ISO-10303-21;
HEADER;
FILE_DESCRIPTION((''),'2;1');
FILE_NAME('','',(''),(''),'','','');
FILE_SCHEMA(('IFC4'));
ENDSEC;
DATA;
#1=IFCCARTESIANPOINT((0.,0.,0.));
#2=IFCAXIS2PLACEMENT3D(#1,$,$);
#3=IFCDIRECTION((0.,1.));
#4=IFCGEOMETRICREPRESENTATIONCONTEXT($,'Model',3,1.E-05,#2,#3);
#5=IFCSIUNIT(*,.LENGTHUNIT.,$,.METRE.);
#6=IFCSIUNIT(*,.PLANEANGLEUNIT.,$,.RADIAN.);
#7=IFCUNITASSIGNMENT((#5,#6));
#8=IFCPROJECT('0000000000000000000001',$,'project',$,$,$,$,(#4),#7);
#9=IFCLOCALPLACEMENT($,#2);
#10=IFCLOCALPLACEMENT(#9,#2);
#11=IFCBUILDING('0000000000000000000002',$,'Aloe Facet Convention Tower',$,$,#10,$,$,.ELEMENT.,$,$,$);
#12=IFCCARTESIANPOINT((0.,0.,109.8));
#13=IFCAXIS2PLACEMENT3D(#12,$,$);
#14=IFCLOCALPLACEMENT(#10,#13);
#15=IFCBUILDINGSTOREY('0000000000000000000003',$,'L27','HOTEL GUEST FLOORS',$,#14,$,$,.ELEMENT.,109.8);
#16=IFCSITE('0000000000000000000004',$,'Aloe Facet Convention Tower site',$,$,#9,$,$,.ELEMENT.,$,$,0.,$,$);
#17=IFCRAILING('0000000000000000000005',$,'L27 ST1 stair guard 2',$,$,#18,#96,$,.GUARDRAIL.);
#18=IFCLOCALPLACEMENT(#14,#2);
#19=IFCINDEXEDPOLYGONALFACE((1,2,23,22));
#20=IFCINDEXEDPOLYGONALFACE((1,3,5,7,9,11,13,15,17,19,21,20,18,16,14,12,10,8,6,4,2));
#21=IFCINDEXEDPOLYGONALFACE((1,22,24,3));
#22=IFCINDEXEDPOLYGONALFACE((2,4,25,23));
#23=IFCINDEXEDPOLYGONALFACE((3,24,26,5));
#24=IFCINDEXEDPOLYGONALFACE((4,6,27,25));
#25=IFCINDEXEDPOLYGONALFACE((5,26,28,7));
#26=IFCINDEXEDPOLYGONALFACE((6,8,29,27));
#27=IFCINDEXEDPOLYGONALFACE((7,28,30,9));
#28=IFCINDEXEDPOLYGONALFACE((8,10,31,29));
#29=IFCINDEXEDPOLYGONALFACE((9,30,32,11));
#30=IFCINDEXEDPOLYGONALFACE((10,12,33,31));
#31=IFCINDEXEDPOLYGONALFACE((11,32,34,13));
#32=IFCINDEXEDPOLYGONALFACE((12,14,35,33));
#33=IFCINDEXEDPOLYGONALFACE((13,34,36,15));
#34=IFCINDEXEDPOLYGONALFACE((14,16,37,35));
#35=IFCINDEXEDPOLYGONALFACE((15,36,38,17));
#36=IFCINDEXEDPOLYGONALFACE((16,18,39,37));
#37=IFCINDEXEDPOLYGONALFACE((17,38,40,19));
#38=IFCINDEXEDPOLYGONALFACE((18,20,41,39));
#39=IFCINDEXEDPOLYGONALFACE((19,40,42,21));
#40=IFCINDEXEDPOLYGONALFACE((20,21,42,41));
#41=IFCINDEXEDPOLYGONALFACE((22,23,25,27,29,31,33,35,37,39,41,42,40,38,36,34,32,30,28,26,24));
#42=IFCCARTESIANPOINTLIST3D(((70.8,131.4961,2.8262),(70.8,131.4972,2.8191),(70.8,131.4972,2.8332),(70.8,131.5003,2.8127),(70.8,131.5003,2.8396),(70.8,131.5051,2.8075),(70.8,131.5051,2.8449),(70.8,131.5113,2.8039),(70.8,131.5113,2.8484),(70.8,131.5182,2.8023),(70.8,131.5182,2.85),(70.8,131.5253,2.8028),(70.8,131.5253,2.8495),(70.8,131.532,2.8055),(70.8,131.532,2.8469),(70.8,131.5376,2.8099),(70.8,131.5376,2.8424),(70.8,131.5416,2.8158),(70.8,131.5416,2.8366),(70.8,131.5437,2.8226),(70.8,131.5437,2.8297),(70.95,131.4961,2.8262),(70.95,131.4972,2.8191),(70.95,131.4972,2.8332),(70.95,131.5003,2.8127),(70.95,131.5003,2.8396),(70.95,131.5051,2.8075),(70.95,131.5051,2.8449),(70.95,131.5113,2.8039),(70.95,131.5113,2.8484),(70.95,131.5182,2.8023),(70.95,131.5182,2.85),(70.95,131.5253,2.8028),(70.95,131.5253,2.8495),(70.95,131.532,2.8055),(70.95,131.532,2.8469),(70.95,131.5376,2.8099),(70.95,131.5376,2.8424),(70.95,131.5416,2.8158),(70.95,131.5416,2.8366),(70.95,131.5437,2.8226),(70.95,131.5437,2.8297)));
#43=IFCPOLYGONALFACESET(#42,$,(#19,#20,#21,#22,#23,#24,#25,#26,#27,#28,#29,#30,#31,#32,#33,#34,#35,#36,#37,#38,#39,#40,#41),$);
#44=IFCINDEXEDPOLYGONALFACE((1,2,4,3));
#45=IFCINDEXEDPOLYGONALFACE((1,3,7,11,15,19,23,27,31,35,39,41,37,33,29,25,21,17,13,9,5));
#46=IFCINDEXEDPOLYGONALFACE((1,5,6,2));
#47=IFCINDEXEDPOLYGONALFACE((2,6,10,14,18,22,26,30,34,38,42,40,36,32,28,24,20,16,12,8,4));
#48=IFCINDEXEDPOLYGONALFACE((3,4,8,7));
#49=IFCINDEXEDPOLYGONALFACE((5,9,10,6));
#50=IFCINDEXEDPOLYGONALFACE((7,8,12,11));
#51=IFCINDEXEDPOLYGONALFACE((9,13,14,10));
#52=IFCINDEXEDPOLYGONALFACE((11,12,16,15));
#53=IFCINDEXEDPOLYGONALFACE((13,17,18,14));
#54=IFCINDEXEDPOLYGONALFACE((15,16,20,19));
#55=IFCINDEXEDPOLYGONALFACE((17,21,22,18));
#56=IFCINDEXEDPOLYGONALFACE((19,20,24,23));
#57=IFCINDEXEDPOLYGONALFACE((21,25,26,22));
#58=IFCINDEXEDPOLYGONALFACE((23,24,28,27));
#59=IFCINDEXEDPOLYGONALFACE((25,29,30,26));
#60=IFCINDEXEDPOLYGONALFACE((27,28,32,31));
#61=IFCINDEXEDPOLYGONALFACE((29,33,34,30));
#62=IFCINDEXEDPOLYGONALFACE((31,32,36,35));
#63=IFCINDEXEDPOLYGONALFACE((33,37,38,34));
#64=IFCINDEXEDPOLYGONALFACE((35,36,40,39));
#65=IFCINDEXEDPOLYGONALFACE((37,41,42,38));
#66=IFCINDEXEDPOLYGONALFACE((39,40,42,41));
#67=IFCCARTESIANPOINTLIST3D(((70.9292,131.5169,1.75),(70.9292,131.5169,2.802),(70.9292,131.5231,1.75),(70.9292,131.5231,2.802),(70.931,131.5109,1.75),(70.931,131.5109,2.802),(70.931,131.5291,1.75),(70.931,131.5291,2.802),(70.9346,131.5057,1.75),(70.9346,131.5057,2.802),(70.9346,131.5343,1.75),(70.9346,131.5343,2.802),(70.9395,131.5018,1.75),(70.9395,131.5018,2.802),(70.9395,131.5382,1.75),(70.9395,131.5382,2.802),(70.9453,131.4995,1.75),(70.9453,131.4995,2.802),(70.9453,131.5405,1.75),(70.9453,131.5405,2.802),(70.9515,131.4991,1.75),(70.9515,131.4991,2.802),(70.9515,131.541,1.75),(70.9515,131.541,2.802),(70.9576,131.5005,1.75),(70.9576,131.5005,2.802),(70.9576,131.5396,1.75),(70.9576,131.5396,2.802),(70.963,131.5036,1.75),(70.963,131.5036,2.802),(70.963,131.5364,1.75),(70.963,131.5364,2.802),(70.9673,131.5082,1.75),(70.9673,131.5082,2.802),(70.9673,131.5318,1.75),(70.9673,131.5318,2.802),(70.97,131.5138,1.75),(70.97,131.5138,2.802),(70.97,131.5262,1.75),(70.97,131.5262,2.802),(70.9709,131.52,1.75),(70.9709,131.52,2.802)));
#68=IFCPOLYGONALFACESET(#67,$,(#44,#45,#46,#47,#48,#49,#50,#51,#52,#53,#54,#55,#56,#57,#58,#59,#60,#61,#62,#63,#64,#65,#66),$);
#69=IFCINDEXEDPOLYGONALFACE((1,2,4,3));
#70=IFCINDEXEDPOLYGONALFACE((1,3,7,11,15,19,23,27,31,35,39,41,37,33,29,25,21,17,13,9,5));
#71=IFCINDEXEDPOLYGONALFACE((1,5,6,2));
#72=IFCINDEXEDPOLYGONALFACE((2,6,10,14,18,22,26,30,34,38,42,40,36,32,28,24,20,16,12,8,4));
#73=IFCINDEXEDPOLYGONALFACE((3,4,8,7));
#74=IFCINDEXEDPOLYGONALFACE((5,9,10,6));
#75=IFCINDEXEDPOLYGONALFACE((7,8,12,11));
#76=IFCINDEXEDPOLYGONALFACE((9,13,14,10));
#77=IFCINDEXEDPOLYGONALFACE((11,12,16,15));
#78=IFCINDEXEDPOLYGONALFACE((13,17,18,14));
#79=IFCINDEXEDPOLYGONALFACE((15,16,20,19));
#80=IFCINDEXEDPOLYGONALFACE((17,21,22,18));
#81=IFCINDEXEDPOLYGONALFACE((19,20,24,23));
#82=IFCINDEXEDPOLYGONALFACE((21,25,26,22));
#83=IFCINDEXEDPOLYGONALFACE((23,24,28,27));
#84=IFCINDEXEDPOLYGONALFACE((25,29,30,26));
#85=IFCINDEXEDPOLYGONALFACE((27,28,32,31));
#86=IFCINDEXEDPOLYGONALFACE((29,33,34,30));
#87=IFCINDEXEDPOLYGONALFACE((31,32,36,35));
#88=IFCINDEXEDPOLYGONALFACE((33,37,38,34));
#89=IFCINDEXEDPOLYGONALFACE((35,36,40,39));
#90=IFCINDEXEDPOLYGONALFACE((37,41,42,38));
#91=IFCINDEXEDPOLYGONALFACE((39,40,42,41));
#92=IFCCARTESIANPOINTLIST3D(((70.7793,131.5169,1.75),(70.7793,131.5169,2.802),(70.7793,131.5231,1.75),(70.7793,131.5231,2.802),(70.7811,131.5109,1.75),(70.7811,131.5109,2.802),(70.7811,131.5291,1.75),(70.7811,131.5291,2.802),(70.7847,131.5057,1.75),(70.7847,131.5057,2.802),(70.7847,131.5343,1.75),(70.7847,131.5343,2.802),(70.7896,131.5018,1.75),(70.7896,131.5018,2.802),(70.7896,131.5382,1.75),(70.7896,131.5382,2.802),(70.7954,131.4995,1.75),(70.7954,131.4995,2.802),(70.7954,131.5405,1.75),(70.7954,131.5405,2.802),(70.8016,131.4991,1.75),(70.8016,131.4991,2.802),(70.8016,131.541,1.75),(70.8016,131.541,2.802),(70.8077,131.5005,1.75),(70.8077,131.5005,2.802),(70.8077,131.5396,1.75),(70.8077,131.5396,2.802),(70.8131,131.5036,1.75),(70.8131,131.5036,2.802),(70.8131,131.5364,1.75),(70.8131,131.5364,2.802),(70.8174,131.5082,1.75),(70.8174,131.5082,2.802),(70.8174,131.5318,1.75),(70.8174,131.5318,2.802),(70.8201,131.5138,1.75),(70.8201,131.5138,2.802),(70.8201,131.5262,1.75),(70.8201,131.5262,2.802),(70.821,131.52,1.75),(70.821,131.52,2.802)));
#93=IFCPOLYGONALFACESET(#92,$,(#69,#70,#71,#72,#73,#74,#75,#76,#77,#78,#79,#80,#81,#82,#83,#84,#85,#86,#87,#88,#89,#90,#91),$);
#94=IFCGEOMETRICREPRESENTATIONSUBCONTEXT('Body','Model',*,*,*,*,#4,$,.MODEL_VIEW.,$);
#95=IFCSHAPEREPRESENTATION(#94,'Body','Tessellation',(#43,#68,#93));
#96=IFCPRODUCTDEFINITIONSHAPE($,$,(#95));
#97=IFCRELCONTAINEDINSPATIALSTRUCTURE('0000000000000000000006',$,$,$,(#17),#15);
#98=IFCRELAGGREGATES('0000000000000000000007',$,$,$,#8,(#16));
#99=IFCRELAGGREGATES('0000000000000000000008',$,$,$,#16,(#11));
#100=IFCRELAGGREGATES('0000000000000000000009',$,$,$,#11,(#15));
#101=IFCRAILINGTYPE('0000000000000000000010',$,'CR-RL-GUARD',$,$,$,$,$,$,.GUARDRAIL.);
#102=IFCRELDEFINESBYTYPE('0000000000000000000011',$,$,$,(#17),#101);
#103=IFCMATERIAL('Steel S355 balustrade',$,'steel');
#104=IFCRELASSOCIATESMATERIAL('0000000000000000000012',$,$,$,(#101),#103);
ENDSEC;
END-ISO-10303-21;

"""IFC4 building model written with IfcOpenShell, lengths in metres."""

from ifc_helpers import new_model, si_unit, direction, frame, origin, origin_2d, place, context, subcontext, project, spatial, circle, extrude, material, type_object, element, save


model = new_model("IFC4")

# Units and contexts
model_context = context("Model", 3, precision=1e-05, world=origin(), true_north=direction((0.0, 1.0)))
body_context = subcontext(model_context, "Body", "Model", "MODEL_VIEW")
ifc_project = project(units=[si_unit("LENGTHUNIT", "METRE"), si_unit("PLANEANGLEUNIT", "RADIAN")], contexts=[model_context])

# Site, building, storey
site_placement = place(None, origin())
site = spatial("IfcSite", under=ifc_project, at=site_placement, Name="Aloe Facet Convention Tower site", CompositionType="ELEMENT", RefElevation=0.0)
building_placement = place(site_placement, origin())
building = spatial("IfcBuilding", under=site, at=building_placement, Name="Aloe Facet Convention Tower", CompositionType="ELEMENT")
storey_placement = place(building_placement, frame((0.0, 0.0, 109.8)))
storey = spatial("IfcBuildingStorey", under=building, at=storey_placement, Name="L27", Description="HOTEL GUEST FLOORS", CompositionType="ELEMENT", Elevation=109.8)

# Railing
ifc_material_1 = material(Name="Steel S355 balustrade", Category="steel")
railing_type_1 = type_object("IfcRailingType", Name="CR-RL-GUARD", PredefinedType="GUARDRAIL", material=ifc_material_1)
railing_1_placement = place(storey_placement, frame((70.95, 131.52, 1.75)))
element("IfcRailing", 1, at=railing_1_placement, inside=storey, type_object=railing_type_1, Name="L27 ST1 stair guard 2", PredefinedType="GUARDRAIL", context=body_context, shape_type="SweptSolid", body=[
    extrude(circle(Radius=0.0239, at=origin_2d()), frame((0.0, 0.0, 1.0762), z_axis=(-1.0, 0.0, 0.0), x_axis=(0.0, -1.0, 0.0)), (0.0, 0.0, 1.0), 0.1499),
    extrude(circle(Radius=0.021, at=origin_2d()), origin(), (0.0, 0.0, 1.0), 1.052),
    extrude(circle(Radius=0.021, at=origin_2d()), frame((-0.1499, 0.0, 0.0)), (0.0, 0.0, 1.0), 1.052),
])

save(model, "model.ifc")
